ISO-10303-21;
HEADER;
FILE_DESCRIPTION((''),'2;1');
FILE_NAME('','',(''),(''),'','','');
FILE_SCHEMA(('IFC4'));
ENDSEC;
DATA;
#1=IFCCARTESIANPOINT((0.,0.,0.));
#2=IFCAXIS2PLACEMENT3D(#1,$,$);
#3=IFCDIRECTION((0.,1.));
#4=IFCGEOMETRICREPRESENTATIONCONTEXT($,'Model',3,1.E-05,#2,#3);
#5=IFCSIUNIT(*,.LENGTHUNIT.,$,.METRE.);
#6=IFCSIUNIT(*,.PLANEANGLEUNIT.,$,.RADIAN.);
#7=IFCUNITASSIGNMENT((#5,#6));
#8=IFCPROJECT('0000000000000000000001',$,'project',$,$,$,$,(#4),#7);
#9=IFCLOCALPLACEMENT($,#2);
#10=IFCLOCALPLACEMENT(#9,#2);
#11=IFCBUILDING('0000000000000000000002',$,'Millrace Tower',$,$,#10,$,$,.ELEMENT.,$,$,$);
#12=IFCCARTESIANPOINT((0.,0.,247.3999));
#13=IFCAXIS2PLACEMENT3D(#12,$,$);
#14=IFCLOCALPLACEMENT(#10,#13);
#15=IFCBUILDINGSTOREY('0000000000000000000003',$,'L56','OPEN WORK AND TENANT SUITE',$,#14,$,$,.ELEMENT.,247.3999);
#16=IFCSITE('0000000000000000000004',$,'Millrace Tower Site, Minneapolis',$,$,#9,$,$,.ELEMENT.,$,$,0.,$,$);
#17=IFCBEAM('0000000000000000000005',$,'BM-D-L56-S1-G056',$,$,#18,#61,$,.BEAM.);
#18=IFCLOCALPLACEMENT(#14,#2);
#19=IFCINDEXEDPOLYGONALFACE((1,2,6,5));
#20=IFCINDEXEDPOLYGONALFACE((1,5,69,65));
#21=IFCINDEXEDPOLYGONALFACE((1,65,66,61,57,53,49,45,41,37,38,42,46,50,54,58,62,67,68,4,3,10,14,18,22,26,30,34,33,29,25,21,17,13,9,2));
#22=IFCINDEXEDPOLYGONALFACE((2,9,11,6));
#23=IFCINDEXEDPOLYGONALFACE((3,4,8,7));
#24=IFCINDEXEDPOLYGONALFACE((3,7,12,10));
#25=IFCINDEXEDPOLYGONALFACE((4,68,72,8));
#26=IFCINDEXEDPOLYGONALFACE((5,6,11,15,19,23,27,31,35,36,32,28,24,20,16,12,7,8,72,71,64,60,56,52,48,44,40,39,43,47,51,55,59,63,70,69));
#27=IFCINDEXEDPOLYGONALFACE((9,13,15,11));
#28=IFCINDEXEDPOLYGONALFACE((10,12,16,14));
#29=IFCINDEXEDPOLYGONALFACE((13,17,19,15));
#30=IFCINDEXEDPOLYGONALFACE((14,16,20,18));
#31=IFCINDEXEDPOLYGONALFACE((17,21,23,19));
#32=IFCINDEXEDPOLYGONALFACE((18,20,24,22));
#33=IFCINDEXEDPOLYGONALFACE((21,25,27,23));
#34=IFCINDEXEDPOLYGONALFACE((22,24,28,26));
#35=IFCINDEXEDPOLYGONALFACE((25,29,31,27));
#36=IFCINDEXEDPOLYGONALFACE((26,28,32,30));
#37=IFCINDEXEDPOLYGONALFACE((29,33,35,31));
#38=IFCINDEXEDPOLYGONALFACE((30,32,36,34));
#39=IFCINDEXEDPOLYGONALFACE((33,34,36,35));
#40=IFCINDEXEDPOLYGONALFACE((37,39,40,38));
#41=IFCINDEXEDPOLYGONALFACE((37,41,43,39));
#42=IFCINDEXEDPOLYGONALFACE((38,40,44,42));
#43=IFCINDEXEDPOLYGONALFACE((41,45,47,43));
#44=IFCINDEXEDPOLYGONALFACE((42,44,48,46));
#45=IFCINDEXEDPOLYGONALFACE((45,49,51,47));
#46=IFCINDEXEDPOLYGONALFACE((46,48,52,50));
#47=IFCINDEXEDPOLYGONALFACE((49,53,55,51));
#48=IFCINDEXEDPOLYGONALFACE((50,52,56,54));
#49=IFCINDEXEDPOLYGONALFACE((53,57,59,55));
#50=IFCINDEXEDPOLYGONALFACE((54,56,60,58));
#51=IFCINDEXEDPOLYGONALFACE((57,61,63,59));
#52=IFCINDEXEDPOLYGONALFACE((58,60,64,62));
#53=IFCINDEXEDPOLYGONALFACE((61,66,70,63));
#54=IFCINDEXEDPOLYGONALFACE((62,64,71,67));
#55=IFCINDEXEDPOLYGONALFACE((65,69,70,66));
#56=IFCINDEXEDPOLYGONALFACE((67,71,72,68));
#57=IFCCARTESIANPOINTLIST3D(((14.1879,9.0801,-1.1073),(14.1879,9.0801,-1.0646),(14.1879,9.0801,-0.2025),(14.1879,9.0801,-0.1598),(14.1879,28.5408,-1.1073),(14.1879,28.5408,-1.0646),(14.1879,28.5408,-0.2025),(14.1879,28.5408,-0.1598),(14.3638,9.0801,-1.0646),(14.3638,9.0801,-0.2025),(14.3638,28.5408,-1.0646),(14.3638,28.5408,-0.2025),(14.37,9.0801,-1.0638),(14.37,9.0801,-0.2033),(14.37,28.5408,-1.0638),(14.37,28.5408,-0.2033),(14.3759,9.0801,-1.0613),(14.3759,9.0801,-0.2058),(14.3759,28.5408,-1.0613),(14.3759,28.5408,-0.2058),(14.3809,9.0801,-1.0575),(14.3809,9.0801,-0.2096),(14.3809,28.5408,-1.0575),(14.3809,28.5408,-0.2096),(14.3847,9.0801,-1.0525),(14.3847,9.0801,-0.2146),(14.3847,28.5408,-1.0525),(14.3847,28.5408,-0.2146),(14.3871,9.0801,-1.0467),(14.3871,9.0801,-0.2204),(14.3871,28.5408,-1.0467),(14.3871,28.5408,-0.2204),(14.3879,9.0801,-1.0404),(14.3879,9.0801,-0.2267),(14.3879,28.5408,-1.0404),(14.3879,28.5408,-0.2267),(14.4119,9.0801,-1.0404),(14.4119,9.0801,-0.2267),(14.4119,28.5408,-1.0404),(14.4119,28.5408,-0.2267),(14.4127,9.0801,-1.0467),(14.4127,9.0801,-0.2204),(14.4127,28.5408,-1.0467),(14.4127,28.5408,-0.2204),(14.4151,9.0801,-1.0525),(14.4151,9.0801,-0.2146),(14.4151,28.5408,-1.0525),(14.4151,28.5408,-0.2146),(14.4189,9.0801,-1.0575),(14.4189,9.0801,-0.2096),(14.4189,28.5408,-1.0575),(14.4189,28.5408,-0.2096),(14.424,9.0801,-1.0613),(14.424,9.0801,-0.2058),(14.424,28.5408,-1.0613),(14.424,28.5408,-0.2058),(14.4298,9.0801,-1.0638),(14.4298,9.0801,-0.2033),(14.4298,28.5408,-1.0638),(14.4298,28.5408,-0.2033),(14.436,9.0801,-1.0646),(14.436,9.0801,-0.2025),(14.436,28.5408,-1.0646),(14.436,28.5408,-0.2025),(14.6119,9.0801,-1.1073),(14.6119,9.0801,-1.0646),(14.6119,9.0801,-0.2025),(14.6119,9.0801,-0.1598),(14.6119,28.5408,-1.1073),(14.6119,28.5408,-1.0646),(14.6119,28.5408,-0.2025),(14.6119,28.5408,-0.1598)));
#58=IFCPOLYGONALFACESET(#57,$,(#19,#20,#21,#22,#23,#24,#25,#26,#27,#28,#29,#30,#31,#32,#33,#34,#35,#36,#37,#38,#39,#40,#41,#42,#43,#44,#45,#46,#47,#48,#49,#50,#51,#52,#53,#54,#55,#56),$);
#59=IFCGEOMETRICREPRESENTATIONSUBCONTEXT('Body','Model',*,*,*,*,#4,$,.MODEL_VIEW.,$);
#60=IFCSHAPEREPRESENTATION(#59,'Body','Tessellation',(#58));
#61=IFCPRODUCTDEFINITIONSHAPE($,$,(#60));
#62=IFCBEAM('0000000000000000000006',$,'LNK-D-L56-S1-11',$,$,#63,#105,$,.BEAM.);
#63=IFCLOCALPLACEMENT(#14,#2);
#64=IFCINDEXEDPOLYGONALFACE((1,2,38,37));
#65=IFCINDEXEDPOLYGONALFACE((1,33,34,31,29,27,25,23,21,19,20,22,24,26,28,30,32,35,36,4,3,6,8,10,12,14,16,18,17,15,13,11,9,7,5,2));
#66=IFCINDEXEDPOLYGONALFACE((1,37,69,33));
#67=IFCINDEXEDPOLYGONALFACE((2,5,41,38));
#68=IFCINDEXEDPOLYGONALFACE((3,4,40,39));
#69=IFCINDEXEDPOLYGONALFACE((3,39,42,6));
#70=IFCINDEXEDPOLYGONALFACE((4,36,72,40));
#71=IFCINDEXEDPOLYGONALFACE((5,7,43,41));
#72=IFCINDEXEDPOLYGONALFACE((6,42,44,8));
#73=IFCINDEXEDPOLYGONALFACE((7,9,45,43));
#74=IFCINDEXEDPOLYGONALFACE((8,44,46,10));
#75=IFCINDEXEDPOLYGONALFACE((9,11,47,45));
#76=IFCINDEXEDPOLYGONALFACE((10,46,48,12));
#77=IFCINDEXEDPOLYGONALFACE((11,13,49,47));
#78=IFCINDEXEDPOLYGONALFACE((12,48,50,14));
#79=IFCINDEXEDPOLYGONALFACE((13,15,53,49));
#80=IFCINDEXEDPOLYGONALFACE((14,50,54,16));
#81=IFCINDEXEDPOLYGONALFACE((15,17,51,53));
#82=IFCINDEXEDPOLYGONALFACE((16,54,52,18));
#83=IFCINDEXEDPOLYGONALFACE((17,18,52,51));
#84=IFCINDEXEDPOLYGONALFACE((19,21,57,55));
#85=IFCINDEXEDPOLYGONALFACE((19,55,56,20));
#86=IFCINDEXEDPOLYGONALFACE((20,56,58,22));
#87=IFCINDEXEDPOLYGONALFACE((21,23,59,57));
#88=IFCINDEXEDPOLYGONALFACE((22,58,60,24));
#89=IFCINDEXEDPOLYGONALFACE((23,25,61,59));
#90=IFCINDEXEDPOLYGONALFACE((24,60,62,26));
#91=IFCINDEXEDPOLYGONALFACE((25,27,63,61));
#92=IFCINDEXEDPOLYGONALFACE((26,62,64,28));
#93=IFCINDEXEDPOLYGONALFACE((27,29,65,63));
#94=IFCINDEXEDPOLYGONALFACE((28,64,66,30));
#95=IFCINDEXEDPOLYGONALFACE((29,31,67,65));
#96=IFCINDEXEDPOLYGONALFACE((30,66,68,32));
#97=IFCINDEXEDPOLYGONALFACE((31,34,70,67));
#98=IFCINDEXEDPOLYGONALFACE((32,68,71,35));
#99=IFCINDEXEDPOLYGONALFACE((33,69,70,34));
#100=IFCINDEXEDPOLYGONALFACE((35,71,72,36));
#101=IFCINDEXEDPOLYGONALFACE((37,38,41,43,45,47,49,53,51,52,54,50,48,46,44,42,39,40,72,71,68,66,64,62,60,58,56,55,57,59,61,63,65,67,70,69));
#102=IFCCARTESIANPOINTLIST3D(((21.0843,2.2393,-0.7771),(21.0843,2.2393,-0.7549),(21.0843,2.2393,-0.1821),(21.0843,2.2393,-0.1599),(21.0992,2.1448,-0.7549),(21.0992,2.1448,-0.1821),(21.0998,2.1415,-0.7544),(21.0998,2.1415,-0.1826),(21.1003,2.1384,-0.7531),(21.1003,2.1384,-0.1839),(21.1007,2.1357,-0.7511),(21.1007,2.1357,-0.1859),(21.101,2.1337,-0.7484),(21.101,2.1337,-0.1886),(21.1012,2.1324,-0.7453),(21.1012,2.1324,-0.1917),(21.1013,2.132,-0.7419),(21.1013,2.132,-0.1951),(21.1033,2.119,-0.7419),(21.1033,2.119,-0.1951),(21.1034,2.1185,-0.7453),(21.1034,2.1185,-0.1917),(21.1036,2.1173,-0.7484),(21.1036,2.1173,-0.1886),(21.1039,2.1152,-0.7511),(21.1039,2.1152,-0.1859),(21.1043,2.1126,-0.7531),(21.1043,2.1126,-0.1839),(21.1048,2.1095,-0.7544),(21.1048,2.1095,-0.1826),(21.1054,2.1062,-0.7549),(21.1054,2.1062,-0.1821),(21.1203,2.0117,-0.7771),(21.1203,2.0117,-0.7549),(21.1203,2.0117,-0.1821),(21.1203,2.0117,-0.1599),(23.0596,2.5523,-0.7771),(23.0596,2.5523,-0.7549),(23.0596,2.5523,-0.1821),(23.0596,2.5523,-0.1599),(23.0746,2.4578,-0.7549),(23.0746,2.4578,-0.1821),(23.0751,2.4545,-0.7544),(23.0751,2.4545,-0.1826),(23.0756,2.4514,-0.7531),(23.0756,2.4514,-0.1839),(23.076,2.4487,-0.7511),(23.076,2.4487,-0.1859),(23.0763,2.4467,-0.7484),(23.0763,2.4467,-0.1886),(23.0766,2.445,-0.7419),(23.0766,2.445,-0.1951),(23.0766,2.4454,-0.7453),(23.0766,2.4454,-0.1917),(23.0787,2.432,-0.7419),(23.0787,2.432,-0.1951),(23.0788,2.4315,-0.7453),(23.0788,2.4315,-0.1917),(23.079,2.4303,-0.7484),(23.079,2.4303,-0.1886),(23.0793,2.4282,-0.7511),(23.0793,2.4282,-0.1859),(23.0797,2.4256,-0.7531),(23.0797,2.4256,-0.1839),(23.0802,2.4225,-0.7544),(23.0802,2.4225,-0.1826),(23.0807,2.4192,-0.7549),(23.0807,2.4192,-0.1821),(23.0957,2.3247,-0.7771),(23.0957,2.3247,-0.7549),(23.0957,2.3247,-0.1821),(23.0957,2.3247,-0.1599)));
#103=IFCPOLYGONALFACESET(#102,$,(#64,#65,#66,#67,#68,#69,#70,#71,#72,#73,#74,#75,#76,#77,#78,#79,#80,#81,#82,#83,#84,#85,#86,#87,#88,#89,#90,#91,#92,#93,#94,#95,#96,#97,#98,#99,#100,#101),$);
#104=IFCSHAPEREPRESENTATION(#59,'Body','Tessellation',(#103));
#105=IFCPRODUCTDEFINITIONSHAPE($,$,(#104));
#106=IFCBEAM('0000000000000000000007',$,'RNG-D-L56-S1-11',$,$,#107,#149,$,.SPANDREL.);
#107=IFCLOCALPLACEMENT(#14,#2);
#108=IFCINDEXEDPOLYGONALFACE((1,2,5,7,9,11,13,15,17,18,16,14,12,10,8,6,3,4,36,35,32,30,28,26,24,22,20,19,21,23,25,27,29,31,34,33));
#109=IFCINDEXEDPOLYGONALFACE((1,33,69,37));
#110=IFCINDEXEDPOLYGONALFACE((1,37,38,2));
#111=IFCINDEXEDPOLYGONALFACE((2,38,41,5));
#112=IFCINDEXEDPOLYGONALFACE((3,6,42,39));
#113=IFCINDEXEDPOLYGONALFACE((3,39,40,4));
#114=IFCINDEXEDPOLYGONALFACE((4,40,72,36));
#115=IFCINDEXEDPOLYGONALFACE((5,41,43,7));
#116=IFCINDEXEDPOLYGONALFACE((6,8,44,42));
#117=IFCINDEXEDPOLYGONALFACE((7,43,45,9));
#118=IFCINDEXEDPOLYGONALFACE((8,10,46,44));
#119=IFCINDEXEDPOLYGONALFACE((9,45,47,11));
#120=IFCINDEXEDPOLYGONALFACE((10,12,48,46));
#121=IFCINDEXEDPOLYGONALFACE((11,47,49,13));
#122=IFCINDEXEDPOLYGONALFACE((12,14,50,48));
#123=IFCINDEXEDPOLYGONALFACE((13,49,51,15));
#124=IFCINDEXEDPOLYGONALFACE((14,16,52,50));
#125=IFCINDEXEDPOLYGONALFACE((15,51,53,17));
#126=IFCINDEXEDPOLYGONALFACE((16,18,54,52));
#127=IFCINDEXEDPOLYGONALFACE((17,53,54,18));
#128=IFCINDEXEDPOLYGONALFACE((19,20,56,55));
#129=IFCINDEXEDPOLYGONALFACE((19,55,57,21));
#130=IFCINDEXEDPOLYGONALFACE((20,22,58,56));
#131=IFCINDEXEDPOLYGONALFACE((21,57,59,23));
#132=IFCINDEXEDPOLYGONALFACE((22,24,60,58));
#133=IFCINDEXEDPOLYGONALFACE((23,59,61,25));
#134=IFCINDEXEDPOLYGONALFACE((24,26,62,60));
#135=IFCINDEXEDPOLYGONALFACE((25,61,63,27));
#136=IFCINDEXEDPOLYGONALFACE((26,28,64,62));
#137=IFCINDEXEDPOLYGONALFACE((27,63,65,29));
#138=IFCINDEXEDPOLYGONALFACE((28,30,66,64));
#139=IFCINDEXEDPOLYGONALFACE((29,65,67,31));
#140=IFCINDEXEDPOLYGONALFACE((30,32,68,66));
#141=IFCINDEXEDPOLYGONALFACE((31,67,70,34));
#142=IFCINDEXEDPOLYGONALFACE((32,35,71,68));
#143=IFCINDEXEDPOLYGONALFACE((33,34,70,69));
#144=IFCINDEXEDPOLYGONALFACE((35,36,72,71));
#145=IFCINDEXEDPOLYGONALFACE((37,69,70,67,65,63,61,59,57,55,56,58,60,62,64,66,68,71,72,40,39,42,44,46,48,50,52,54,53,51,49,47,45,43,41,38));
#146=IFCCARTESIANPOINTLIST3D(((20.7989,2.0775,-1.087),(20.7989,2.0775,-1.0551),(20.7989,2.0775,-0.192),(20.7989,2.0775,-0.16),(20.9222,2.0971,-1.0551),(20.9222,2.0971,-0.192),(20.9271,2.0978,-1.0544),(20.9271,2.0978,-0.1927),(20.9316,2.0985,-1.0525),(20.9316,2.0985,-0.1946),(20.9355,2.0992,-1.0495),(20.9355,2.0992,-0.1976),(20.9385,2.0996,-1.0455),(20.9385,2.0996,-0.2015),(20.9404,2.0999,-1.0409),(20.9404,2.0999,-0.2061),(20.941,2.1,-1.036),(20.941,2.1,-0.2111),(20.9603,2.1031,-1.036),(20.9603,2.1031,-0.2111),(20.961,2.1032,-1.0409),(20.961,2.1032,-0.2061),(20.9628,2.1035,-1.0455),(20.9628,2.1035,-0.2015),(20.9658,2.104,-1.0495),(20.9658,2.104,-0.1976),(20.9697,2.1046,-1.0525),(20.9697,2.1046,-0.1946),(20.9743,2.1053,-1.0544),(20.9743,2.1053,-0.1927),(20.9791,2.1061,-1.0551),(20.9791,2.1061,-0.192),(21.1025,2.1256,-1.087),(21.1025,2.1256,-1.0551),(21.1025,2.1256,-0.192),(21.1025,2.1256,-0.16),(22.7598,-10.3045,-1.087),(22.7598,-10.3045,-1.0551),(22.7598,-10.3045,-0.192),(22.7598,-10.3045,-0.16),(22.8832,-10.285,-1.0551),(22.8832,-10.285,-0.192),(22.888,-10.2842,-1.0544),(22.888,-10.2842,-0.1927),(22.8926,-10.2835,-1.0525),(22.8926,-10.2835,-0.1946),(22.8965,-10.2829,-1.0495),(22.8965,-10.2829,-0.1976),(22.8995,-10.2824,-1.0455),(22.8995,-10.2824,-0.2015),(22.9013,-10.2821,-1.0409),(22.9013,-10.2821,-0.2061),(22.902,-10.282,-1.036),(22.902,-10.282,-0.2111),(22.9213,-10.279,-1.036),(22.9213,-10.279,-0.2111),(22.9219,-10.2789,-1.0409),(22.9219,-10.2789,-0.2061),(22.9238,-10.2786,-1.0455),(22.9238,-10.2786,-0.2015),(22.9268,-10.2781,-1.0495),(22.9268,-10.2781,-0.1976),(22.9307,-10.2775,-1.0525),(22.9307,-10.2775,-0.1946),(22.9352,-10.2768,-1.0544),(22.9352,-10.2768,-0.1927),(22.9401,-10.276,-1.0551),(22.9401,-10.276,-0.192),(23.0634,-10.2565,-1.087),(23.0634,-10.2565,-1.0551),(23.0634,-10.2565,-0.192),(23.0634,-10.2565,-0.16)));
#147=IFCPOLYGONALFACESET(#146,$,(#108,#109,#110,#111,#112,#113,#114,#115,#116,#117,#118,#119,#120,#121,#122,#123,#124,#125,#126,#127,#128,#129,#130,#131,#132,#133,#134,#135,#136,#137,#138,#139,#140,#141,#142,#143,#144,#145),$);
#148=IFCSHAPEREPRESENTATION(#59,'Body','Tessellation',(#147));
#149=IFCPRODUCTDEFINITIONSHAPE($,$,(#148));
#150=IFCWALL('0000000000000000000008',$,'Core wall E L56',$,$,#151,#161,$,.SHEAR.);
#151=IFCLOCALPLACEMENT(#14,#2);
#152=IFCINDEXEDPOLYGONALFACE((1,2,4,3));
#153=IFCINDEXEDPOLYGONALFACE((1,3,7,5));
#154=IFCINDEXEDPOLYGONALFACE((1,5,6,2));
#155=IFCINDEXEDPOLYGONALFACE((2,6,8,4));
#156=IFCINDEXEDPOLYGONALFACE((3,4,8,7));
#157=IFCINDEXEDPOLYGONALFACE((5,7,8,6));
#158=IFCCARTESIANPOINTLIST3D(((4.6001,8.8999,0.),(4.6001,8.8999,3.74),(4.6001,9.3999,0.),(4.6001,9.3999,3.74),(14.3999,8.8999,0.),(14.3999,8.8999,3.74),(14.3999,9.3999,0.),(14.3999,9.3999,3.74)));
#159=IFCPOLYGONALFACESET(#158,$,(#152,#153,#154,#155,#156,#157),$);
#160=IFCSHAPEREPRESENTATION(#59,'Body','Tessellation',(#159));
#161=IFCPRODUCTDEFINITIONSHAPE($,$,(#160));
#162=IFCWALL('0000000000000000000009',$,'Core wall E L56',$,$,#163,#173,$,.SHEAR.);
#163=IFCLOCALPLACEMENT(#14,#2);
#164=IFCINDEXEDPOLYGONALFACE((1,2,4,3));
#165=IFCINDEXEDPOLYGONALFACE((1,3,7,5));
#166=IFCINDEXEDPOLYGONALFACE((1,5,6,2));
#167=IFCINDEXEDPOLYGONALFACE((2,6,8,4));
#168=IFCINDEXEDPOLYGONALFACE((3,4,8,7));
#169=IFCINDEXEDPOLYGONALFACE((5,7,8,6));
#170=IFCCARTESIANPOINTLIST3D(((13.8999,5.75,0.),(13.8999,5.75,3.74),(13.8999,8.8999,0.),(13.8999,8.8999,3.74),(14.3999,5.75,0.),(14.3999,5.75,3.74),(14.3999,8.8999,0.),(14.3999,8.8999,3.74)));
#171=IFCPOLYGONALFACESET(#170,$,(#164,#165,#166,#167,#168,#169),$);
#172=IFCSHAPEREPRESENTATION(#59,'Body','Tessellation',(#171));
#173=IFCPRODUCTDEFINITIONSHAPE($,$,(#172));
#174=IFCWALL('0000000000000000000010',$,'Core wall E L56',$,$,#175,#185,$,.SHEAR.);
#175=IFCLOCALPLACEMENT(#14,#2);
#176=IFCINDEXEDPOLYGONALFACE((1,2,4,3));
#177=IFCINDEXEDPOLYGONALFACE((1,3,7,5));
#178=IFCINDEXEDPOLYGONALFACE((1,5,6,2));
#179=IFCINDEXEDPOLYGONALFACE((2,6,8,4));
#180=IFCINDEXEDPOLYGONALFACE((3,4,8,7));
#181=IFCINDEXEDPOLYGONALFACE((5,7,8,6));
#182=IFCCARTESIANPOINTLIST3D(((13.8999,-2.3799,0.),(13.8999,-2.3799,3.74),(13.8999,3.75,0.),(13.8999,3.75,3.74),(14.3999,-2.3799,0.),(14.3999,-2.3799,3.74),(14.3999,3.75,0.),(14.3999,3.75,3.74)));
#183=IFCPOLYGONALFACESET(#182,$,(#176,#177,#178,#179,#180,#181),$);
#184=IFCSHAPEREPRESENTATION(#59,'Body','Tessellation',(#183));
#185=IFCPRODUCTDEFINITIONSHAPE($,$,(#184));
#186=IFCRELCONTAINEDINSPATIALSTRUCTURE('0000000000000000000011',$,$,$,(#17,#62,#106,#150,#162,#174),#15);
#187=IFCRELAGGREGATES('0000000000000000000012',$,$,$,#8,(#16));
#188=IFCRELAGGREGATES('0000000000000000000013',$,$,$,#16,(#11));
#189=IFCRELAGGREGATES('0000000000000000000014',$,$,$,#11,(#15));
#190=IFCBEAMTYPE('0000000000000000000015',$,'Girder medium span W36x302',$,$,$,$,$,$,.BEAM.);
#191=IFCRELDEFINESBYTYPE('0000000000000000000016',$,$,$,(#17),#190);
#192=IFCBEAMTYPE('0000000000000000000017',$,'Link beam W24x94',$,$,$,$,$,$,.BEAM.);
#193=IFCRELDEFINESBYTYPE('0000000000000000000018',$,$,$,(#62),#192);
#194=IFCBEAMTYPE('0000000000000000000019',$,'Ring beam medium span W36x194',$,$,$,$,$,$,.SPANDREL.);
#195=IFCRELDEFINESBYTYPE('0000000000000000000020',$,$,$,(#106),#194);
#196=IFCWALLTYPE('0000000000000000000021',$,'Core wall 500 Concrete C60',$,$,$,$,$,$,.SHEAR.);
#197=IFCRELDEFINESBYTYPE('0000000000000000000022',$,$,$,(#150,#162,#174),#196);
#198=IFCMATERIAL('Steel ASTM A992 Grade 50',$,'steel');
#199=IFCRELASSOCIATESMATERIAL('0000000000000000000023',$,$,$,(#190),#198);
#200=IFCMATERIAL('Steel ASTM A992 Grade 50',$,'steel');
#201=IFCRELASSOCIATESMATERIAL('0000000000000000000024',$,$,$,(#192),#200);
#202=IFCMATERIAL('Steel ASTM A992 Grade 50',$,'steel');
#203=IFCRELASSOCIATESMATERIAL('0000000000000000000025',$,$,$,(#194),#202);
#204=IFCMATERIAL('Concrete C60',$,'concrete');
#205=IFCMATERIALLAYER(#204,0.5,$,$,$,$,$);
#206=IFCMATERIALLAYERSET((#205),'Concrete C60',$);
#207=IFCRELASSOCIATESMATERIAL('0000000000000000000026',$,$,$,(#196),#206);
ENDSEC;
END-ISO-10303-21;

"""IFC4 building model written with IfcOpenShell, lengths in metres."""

from ifc_helpers import new_model, si_unit, direction, frame, frame_2d, origin, origin_2d, place, context, subcontext, project, spatial, rectangle, i_section, extrude, material, layer, layer_set, material_profile, profile_set, type_object, element, save


model = new_model("IFC4")

# Units and contexts
model_context = context("Model", 3, precision=1e-05, world=origin(), true_north=direction((0.0, 1.0)))
body_context = subcontext(model_context, "Body", "Model", "MODEL_VIEW")
ifc_project = project(units=[si_unit("LENGTHUNIT", "METRE"), si_unit("PLANEANGLEUNIT", "RADIAN")], contexts=[model_context])

# Site, building, storey
site_placement = place(None, origin())
site = spatial("IfcSite", under=ifc_project, at=site_placement, Name="Millrace Tower Site, Minneapolis", CompositionType="ELEMENT", RefElevation=0.0)
building_placement = place(site_placement, origin())
building = spatial("IfcBuilding", under=site, at=building_placement, Name="Millrace Tower", CompositionType="ELEMENT")
storey_placement = place(building_placement, frame((0.0, 0.0, 247.3999)))
storey = spatial("IfcBuildingStorey", under=building, at=storey_placement, Name="L56", Description="OPEN WORK AND TENANT SUITE", CompositionType="ELEMENT", Elevation=247.3999)

# Beams
ifc_material_1 = material(Name="Steel ASTM A992 Grade 50", Category="steel")
ifc_material_profile_1 = material_profile(ifc_material_1, i_section(OverallWidth=0.4241, OverallDepth=0.9475, WebThickness=0.0239, FlangeThickness=0.0427, FilletRadius=0.0242, at=origin_2d()))
ifc_profile_set_1 = profile_set([ifc_material_profile_1], Name="Steel ASTM A992 Grade 50")
beam_type_1 = type_object("IfcBeamType", Name="Girder medium span W36x302", PredefinedType="BEAM", material=ifc_profile_set_1)
beam_1_placement = place(storey_placement, frame((14.3999, 9.0801, -0.6335), z_axis=(0.0, 1.0, 0.0), x_axis=(-1.0, 0.0, 0.0)))
element("IfcBeam", 1, at=beam_1_placement, inside=storey, type_object=beam_type_1, Name="BM-D-L56-S1-G056", PredefinedType="BEAM", context=body_context, shape_type="SweptSolid", body=[
    extrude(i_section(OverallWidth=0.4241, OverallDepth=0.9475, WebThickness=0.0239, FlangeThickness=0.0427, FilletRadius=0.0242, at=origin_2d()), origin(), (0.0, 0.0, 1.0), 19.4607),
])
ifc_material_2 = material(Name="Steel ASTM A992 Grade 50", Category="steel")
ifc_material_profile_2 = material_profile(ifc_material_2, i_section(OverallWidth=0.2305, OverallDepth=0.6172, WebThickness=0.0132, FlangeThickness=0.0222, FilletRadius=0.0129, at=origin_2d()))
ifc_profile_set_2 = profile_set([ifc_material_profile_2], Name="Steel ASTM A992 Grade 50")
beam_type_2 = type_object("IfcBeamType", Name="Link beam W24x94", PredefinedType="BEAM", material=ifc_profile_set_2)
beam_2_placement = place(storey_placement, frame((21.1023, 2.1255, -0.4685), z_axis=(0.987679, 0.156495, 0.0), x_axis=(-0.156495, 0.987679, 0.0)))
element("IfcBeam", 2, at=beam_2_placement, inside=storey, type_object=beam_type_2, Name="LNK-D-L56-S1-11", PredefinedType="BEAM", context=body_context, shape_type="SweptSolid", body=[
    extrude(i_section(OverallWidth=0.2305, OverallDepth=0.6172, WebThickness=0.0132, FlangeThickness=0.0222, FilletRadius=0.0129, at=origin_2d()), origin(), (0.0, 0.0, 1.0), 2.0),
])
ifc_material_3 = material(Name="Steel ASTM A992 Grade 50", Category="steel")
ifc_material_profile_3 = material_profile(ifc_material_3, i_section(OverallWidth=0.3074, OverallDepth=0.927, WebThickness=0.0195, FlangeThickness=0.032, FilletRadius=0.019, at=origin_2d()))
ifc_profile_set_3 = profile_set([ifc_material_profile_3], Name="Steel ASTM A992 Grade 50")
beam_type_3 = type_object("IfcBeamType", Name="Ring beam medium span W36x194", PredefinedType="SPANDREL", material=ifc_profile_set_3)
beam_3_placement = place(storey_placement, frame((20.9507, 2.1016, -0.6235), z_axis=(0.15642, -0.987691, 0.0), x_axis=(0.987691, 0.15642, 0.0)))
element("IfcBeam", 3, at=beam_3_placement, inside=storey, type_object=beam_type_3, Name="RNG-D-L56-S1-11", PredefinedType="SPANDREL", context=body_context, shape_type="SweptSolid", body=[
    extrude(i_section(OverallWidth=0.3074, OverallDepth=0.927, WebThickness=0.0195, FlangeThickness=0.032, FilletRadius=0.019, at=origin_2d()), origin(), (0.0, 0.0, 1.0), 12.5364),
])

# Walls
ifc_material_4 = material(Name="Concrete C60", Category="concrete")
ifc_layer_1 = layer(ifc_material_4, 0.5)
ifc_layer_set_1 = layer_set([ifc_layer_1], Name="Concrete C60")
wall_type_1 = type_object("IfcWallType", Name="Core wall 500 Concrete C60", PredefinedType="SHEAR", material=ifc_layer_set_1)
wall_1_placement = place(storey_placement, frame((14.3999, 9.1499, 0.0), z_axis=(0.0, 0.0, 1.0), x_axis=(-1.0, 0.0, 0.0)))
element("IfcWall", 4, at=wall_1_placement, inside=storey, type_object=wall_type_1, Name="Core wall E L56", PredefinedType="SHEAR", context=body_context, shape_type="SweptSolid", body=[
    extrude(rectangle(XDim=9.7998, YDim=0.5, at=frame_2d((4.8999, 0.0))), origin(), (0.0, 0.0, 1.0), 3.74),
])
wall_2_placement = place(storey_placement, frame((14.1499, 8.8999, 0.0), z_axis=(0.0, 0.0, 1.0), x_axis=(0.0, -1.0, 0.0)))
element("IfcWall", 5, at=wall_2_placement, inside=storey, type_object=wall_type_1, Name="Core wall E L56", PredefinedType="SHEAR", context=body_context, shape_type="SweptSolid", body=[
    extrude(rectangle(XDim=3.1499, YDim=0.5, at=frame_2d((1.575, 0.0))), origin(), (0.0, 0.0, 1.0), 3.74),
])
wall_3_placement = place(storey_placement, frame((14.1499, 3.75, 0.0), z_axis=(0.0, 0.0, 1.0), x_axis=(0.0, -1.0, 0.0)))
element("IfcWall", 6, at=wall_3_placement, inside=storey, type_object=wall_type_1, Name="Core wall E L56", PredefinedType="SHEAR", context=body_context, shape_type="SweptSolid", body=[
    extrude(rectangle(XDim=6.1299, YDim=0.5, at=frame_2d((3.0649, 0.0))), origin(), (0.0, 0.0, 1.0), 3.74),
])

save(model, "model.ifc")
